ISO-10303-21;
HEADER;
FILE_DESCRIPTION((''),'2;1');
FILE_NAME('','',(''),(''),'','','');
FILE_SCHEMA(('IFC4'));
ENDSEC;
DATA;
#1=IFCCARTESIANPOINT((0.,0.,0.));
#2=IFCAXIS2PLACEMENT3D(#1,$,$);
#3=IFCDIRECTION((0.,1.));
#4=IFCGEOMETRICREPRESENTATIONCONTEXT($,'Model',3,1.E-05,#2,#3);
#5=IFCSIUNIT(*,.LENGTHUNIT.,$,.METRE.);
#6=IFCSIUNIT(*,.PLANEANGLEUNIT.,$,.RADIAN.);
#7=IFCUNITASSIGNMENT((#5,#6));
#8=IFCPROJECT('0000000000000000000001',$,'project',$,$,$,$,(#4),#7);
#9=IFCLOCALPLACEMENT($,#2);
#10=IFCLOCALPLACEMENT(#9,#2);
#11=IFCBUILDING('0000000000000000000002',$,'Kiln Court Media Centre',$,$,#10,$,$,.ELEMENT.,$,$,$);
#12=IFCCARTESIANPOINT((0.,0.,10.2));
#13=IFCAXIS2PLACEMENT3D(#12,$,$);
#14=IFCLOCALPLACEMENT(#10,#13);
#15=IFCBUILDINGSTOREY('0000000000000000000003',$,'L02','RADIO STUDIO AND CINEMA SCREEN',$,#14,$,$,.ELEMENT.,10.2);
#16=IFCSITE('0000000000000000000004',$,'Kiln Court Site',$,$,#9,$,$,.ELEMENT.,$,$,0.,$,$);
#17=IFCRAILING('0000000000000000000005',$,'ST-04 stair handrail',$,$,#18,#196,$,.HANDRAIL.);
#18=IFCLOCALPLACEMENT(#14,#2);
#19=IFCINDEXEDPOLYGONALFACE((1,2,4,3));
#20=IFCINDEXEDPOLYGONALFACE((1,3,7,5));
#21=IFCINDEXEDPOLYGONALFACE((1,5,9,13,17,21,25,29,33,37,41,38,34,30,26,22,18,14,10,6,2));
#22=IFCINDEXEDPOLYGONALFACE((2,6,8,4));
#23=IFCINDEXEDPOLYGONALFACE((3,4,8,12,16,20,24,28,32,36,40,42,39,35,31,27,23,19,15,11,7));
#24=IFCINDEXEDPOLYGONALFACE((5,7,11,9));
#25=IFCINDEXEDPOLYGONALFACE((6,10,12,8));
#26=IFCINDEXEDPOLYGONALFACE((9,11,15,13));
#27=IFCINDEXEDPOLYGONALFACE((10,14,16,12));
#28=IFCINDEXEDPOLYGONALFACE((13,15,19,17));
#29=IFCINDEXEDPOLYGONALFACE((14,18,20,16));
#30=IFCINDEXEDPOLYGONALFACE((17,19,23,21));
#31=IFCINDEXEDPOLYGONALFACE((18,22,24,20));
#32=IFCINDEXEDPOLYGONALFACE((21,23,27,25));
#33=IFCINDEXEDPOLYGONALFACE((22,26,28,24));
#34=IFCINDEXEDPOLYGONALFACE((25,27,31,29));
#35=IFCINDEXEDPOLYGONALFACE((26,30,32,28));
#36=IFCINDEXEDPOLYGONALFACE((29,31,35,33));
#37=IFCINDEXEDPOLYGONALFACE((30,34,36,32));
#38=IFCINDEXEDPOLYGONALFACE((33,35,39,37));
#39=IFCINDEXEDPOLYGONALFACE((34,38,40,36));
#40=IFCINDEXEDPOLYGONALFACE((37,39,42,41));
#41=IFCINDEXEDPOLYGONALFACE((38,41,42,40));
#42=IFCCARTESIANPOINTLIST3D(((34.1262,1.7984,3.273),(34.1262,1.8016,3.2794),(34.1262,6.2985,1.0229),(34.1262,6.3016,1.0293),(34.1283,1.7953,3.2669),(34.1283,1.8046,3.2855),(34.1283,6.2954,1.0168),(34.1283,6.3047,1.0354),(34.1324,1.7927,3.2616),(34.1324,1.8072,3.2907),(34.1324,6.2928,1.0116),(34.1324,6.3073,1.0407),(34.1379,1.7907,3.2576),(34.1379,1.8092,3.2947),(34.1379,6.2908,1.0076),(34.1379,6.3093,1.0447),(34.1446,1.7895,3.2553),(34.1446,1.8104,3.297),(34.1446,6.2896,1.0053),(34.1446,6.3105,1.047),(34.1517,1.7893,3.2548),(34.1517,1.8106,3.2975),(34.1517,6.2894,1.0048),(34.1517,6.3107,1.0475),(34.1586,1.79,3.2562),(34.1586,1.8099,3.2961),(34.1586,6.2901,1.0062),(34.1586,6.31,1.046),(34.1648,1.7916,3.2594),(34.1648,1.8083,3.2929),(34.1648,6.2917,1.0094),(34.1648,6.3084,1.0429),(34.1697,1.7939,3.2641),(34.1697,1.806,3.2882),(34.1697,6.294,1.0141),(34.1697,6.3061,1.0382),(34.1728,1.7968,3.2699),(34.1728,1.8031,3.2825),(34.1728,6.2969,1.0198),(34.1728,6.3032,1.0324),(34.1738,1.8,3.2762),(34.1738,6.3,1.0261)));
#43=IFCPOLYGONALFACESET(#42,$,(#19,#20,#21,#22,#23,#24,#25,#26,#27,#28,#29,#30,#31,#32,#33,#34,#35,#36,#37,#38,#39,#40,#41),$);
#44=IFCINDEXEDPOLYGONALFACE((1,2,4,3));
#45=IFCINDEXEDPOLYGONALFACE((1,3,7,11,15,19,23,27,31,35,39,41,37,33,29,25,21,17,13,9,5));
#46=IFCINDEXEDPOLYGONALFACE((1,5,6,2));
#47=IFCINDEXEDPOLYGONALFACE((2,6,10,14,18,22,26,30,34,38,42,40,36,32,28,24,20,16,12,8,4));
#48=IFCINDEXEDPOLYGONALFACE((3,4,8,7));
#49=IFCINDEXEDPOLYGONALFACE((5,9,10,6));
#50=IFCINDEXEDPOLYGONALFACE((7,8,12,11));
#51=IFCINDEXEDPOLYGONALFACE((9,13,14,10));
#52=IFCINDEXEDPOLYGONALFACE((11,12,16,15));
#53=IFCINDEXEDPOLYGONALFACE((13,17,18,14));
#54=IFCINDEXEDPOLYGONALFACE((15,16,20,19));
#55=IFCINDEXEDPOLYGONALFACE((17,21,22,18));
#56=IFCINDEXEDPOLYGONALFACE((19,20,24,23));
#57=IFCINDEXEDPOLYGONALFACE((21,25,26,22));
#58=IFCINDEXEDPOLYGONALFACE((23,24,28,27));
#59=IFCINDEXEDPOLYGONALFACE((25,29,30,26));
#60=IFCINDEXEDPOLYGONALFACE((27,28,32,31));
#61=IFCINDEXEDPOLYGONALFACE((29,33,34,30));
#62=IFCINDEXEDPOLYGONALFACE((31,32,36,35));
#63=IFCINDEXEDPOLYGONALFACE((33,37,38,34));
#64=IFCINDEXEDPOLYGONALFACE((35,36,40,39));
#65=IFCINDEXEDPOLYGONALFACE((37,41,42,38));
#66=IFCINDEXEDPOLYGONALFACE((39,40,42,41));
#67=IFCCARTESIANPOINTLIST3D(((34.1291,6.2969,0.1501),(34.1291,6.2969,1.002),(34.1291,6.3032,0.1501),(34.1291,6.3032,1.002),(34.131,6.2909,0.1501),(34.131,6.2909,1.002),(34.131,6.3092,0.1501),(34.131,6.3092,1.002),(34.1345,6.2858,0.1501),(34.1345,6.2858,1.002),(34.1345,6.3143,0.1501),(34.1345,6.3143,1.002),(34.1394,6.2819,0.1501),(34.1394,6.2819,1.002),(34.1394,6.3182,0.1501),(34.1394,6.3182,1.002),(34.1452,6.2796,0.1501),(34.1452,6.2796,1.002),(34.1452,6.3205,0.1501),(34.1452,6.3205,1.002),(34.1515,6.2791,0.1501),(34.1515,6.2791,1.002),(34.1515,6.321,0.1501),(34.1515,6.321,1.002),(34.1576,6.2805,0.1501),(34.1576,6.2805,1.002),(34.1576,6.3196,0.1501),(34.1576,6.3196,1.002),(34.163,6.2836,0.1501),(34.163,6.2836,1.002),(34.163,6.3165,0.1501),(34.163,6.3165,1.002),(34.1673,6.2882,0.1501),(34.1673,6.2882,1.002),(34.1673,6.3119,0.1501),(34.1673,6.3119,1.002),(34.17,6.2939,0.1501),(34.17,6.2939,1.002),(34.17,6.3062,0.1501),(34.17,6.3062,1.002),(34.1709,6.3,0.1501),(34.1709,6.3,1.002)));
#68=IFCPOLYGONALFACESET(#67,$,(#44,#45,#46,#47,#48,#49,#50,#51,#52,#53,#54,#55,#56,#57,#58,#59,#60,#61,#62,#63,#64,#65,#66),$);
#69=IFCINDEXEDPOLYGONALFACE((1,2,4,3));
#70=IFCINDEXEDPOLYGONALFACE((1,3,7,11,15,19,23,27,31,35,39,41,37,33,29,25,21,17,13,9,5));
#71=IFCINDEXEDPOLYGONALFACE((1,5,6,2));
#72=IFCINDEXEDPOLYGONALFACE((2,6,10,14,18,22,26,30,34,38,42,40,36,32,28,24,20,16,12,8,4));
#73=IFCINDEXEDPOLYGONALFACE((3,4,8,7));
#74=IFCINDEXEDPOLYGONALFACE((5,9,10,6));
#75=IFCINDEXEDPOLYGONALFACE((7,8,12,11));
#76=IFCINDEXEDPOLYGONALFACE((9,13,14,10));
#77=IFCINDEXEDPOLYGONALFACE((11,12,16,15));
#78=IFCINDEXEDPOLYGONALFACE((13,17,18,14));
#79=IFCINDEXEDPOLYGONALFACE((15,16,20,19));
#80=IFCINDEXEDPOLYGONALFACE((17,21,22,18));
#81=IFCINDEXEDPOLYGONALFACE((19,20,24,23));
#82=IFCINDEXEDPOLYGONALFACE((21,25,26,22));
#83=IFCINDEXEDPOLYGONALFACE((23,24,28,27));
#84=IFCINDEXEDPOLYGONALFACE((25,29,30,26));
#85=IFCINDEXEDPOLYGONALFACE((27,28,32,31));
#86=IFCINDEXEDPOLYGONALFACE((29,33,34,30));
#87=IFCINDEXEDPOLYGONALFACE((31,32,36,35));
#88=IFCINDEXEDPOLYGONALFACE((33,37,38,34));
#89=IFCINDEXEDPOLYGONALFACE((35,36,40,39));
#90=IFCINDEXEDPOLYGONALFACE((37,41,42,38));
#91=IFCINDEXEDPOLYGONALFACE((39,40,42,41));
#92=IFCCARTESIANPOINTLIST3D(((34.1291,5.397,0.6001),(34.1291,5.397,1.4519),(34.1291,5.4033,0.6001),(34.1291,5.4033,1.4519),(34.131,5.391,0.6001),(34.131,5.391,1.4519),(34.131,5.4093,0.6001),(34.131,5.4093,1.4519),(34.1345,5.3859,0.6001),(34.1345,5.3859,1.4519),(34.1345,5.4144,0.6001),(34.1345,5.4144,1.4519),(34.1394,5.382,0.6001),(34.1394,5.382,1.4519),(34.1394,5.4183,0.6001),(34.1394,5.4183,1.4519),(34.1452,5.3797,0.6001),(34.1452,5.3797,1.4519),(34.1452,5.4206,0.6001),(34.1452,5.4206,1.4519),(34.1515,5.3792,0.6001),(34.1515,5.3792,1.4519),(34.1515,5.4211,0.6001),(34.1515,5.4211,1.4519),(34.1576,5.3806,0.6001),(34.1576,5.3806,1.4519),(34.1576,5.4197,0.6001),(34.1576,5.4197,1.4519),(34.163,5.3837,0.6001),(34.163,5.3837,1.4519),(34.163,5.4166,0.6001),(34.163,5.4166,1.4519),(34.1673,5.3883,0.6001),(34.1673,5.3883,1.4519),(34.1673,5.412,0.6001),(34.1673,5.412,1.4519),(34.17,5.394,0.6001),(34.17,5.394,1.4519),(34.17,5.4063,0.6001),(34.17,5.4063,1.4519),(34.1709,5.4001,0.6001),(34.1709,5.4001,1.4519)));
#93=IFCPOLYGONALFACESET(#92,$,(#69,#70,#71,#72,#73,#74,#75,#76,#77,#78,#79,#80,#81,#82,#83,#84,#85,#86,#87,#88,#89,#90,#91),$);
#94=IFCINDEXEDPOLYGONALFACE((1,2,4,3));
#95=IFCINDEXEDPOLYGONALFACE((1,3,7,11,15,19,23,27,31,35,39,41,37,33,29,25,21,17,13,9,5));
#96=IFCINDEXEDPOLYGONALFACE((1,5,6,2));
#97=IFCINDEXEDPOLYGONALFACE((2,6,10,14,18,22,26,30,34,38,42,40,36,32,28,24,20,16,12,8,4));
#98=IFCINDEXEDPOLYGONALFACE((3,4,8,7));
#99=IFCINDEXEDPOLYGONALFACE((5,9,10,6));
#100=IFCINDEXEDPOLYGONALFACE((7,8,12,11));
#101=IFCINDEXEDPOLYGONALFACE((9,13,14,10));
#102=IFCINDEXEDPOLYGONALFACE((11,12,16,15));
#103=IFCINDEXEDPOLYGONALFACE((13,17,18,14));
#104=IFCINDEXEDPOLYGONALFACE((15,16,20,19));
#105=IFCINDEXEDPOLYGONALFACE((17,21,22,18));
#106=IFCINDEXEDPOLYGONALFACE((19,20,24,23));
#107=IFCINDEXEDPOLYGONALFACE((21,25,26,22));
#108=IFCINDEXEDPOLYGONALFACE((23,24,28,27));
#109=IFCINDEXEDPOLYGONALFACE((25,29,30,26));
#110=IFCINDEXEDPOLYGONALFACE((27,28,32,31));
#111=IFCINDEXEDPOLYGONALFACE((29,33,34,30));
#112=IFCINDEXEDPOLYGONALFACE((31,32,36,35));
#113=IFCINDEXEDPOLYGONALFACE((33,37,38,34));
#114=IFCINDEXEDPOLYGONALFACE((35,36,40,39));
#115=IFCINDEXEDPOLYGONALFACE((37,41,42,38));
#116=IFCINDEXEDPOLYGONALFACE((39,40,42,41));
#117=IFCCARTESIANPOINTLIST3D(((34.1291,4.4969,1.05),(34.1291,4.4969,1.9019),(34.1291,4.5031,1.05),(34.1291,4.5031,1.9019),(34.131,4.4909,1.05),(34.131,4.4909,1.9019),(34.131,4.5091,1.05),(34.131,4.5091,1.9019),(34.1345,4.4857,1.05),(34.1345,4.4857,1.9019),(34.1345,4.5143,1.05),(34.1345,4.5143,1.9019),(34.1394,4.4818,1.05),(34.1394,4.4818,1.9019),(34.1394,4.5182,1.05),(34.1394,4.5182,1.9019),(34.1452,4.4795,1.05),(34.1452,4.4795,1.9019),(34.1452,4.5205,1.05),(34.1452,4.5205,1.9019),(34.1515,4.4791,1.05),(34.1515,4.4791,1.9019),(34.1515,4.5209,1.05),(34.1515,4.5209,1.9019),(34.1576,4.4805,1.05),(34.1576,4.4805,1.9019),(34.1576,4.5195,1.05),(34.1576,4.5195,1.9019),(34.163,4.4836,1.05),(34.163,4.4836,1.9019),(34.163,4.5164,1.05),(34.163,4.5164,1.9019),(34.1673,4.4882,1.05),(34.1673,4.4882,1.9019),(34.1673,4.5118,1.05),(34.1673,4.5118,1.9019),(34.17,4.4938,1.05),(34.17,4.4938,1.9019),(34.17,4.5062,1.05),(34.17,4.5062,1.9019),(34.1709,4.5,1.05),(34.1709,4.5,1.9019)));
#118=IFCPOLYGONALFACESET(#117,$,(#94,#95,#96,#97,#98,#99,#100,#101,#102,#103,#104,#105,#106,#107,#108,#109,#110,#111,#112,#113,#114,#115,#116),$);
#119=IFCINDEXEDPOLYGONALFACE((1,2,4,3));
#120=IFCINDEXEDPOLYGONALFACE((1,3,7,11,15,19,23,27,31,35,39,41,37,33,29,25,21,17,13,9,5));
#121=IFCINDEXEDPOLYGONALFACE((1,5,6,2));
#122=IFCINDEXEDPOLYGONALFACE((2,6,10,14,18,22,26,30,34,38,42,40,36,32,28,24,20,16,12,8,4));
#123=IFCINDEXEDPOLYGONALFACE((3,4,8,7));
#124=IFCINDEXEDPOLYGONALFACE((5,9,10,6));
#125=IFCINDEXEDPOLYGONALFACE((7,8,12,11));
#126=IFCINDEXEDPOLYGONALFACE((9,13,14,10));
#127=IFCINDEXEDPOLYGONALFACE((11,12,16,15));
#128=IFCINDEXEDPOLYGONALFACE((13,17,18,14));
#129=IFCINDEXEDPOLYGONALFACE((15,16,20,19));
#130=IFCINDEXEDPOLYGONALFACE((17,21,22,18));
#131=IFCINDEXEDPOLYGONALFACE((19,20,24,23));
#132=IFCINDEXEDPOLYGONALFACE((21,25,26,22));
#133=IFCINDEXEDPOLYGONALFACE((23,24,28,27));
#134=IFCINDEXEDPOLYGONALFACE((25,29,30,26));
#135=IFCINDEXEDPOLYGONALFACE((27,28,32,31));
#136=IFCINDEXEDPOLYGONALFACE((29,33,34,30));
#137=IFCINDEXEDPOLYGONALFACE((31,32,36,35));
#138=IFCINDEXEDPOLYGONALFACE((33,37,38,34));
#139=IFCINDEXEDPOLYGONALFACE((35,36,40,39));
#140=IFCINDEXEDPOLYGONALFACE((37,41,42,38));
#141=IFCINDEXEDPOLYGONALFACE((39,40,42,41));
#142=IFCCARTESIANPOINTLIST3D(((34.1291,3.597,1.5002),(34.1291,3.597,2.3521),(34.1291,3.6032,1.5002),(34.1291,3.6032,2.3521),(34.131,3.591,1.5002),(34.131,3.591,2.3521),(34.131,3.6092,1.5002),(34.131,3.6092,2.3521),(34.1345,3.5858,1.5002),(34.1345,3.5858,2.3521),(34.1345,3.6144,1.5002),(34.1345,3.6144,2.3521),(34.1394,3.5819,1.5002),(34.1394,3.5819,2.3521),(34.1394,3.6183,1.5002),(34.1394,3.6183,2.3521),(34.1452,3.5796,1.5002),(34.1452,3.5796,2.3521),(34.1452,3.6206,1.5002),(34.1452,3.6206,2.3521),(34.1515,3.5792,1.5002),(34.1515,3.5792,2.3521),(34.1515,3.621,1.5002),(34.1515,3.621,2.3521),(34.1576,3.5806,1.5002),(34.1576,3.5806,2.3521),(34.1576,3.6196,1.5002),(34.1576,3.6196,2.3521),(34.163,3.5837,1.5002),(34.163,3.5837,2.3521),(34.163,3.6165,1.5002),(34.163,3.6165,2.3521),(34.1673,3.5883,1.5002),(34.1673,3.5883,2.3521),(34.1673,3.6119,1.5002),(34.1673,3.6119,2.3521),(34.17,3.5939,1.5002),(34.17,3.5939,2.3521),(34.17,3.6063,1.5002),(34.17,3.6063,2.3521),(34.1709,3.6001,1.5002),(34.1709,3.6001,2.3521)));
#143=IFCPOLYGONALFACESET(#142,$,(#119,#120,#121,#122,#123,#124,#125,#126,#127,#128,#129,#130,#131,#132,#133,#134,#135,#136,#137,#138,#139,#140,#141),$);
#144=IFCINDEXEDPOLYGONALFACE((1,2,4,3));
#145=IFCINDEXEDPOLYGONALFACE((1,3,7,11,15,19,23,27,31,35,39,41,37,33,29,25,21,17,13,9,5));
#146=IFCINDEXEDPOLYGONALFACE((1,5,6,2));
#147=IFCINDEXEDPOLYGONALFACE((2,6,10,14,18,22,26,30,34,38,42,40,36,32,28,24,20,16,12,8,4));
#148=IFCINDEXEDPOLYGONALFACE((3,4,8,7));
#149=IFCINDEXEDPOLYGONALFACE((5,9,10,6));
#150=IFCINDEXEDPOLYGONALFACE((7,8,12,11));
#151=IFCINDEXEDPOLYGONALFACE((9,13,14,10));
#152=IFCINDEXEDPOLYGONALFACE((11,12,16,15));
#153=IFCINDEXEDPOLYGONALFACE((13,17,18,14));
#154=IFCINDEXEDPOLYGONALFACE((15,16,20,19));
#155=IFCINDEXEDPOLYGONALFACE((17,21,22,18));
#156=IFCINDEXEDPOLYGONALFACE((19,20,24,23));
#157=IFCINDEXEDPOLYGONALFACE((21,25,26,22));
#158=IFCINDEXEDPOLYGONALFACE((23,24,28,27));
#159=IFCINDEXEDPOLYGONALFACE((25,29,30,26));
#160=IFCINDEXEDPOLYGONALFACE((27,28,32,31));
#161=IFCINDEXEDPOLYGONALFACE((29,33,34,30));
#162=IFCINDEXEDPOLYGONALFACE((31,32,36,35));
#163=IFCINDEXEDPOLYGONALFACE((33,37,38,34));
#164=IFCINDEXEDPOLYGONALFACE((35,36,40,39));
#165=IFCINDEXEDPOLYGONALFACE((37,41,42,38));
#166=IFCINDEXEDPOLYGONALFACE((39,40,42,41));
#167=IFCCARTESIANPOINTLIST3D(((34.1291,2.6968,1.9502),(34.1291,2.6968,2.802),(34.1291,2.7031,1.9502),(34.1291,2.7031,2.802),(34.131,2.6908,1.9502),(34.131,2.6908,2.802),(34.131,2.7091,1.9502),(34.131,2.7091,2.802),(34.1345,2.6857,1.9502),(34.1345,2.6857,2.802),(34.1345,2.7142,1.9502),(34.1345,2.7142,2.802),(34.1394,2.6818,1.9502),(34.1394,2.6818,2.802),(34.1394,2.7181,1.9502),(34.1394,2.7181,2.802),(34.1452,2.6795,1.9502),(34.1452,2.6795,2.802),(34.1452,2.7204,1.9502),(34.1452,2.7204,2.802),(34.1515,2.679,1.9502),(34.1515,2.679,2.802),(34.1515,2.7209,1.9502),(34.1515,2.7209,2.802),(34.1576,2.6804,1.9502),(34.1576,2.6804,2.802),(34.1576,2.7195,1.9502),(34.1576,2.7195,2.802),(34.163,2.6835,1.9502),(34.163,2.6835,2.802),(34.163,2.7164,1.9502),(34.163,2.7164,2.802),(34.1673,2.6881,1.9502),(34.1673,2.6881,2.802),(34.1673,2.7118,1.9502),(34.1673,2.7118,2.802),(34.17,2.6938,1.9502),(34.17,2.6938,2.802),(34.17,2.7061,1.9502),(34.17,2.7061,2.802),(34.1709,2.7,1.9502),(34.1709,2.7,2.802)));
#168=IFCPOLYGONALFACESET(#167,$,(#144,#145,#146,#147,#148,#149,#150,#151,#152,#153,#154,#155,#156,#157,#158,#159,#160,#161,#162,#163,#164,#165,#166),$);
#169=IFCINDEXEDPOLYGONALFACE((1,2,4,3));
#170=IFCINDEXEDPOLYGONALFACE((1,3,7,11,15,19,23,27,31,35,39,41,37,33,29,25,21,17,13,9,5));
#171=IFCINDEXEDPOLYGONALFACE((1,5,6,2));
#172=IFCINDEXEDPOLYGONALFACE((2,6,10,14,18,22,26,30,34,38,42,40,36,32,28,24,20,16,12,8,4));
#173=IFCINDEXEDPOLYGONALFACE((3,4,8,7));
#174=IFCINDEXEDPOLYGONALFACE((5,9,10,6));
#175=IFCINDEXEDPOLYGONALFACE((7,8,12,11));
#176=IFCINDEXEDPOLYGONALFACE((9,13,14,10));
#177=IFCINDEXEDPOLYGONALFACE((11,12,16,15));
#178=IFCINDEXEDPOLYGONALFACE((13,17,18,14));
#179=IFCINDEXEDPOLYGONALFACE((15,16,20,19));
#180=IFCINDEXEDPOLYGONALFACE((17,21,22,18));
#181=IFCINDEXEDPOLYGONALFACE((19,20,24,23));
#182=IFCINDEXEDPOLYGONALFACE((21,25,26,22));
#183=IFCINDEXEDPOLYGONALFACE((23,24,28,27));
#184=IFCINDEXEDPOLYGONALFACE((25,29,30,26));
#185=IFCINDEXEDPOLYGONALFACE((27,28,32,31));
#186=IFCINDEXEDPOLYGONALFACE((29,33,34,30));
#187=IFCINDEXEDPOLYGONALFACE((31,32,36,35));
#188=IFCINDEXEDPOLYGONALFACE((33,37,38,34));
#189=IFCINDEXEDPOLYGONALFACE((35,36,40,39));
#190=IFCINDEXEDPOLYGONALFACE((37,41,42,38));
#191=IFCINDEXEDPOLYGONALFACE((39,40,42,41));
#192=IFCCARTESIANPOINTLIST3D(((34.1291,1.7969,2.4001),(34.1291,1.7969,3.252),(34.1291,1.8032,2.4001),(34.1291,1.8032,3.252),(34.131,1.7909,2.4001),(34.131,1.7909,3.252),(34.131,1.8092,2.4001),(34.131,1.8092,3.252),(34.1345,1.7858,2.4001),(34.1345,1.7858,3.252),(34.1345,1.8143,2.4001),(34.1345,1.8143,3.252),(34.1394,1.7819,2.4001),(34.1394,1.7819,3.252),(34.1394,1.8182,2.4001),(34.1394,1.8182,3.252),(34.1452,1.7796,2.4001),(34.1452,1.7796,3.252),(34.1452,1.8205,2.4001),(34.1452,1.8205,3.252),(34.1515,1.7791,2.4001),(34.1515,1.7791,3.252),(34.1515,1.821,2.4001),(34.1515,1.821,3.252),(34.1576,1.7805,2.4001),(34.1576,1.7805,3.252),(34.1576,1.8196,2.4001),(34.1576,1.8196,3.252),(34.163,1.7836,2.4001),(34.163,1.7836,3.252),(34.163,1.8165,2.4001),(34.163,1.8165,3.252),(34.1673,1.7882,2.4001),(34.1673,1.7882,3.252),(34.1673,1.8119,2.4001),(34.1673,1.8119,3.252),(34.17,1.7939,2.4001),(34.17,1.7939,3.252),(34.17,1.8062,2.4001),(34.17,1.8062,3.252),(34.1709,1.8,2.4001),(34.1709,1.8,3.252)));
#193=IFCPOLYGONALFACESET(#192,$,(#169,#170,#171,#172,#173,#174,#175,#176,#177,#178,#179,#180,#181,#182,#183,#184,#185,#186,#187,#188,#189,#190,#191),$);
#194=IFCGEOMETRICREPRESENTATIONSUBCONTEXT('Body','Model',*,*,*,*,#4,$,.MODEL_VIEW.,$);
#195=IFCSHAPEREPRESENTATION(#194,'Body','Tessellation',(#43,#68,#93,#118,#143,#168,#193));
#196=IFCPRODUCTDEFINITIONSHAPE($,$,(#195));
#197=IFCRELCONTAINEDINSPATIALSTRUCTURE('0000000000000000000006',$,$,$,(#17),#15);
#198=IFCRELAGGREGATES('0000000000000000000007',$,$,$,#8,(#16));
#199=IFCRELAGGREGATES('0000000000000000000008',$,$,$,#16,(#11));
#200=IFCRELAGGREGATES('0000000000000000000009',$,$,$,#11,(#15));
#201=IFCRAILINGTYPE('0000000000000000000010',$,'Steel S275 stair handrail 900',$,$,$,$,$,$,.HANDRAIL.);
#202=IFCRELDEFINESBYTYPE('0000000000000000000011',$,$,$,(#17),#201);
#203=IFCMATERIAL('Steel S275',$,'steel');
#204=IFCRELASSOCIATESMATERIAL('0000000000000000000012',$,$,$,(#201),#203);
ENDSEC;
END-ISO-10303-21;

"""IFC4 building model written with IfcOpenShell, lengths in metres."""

from ifc_helpers import new_model, si_unit, direction, frame, origin, origin_2d, place, context, subcontext, project, spatial, circle, extrude, material, type_object, element, save


model = new_model("IFC4")

# Units and contexts
model_context = context("Model", 3, precision=1e-05, world=origin(), true_north=direction((0.0, 1.0)))
body_context = subcontext(model_context, "Body", "Model", "MODEL_VIEW")
ifc_project = project(units=[si_unit("LENGTHUNIT", "METRE"), si_unit("PLANEANGLEUNIT", "RADIAN")], contexts=[model_context])

# Site, building, storey
site_placement = place(None, origin())
site = spatial("IfcSite", under=ifc_project, at=site_placement, Name="Kiln Court Site", CompositionType="ELEMENT", RefElevation=0.0)
building_placement = place(site_placement, origin())
building = spatial("IfcBuilding", under=site, at=building_placement, Name="Kiln Court Media Centre", CompositionType="ELEMENT")
storey_placement = place(building_placement, frame((0.0, 0.0, 10.2)))
storey = spatial("IfcBuildingStorey", under=building, at=storey_placement, Name="L02", Description="RADIO STUDIO AND CINEMA SCREEN", CompositionType="ELEMENT", Elevation=10.2)

# Railing
ifc_material_1 = material(Name="Steel S275", Category="steel")
railing_type_1 = type_object("IfcRailingType", Name="Steel S275 stair handrail 900", PredefinedType="HANDRAIL", material=ifc_material_1)
railing_1_placement = place(storey_placement, frame((34.1499, 6.3, 0.1501)))
element("IfcRailing", 1, at=railing_1_placement, inside=storey, type_object=railing_type_1, Name="ST-04 stair handrail", PredefinedType="HANDRAIL", context=body_context, shape_type="SweptSolid", body=[
    extrude(circle(Radius=0.0239, at=origin_2d()), frame((0.0, 0.0, 0.876), z_axis=(0.0, -0.894427, 0.447214), x_axis=(1.0, 0.0, 0.0)), (0.0, 0.0, 1.0), 5.0312),
    extrude(circle(Radius=0.021, at=origin_2d()), origin(), (0.0, 0.0, 1.0), 0.8518),
    extrude(circle(Radius=0.021, at=origin_2d()), frame((0.0, -0.8999, 0.45)), (0.0, 0.0, 1.0), 0.8518),
    extrude(circle(Radius=0.021, at=origin_2d()), frame((0.0, -1.8, 0.8999)), (0.0, 0.0, 1.0), 0.8518),
    extrude(circle(Radius=0.021, at=origin_2d()), frame((0.0, -2.7, 1.3501)), (0.0, 0.0, 1.0), 0.8518),
    extrude(circle(Radius=0.021, at=origin_2d()), frame((0.0, -3.6001, 1.8)), (0.0, 0.0, 1.0), 0.8518),
    extrude(circle(Radius=0.021, at=origin_2d()), frame((0.0, -4.5, 2.25)), (0.0, 0.0, 1.0), 0.8518),
])

save(model, "model.ifc")
